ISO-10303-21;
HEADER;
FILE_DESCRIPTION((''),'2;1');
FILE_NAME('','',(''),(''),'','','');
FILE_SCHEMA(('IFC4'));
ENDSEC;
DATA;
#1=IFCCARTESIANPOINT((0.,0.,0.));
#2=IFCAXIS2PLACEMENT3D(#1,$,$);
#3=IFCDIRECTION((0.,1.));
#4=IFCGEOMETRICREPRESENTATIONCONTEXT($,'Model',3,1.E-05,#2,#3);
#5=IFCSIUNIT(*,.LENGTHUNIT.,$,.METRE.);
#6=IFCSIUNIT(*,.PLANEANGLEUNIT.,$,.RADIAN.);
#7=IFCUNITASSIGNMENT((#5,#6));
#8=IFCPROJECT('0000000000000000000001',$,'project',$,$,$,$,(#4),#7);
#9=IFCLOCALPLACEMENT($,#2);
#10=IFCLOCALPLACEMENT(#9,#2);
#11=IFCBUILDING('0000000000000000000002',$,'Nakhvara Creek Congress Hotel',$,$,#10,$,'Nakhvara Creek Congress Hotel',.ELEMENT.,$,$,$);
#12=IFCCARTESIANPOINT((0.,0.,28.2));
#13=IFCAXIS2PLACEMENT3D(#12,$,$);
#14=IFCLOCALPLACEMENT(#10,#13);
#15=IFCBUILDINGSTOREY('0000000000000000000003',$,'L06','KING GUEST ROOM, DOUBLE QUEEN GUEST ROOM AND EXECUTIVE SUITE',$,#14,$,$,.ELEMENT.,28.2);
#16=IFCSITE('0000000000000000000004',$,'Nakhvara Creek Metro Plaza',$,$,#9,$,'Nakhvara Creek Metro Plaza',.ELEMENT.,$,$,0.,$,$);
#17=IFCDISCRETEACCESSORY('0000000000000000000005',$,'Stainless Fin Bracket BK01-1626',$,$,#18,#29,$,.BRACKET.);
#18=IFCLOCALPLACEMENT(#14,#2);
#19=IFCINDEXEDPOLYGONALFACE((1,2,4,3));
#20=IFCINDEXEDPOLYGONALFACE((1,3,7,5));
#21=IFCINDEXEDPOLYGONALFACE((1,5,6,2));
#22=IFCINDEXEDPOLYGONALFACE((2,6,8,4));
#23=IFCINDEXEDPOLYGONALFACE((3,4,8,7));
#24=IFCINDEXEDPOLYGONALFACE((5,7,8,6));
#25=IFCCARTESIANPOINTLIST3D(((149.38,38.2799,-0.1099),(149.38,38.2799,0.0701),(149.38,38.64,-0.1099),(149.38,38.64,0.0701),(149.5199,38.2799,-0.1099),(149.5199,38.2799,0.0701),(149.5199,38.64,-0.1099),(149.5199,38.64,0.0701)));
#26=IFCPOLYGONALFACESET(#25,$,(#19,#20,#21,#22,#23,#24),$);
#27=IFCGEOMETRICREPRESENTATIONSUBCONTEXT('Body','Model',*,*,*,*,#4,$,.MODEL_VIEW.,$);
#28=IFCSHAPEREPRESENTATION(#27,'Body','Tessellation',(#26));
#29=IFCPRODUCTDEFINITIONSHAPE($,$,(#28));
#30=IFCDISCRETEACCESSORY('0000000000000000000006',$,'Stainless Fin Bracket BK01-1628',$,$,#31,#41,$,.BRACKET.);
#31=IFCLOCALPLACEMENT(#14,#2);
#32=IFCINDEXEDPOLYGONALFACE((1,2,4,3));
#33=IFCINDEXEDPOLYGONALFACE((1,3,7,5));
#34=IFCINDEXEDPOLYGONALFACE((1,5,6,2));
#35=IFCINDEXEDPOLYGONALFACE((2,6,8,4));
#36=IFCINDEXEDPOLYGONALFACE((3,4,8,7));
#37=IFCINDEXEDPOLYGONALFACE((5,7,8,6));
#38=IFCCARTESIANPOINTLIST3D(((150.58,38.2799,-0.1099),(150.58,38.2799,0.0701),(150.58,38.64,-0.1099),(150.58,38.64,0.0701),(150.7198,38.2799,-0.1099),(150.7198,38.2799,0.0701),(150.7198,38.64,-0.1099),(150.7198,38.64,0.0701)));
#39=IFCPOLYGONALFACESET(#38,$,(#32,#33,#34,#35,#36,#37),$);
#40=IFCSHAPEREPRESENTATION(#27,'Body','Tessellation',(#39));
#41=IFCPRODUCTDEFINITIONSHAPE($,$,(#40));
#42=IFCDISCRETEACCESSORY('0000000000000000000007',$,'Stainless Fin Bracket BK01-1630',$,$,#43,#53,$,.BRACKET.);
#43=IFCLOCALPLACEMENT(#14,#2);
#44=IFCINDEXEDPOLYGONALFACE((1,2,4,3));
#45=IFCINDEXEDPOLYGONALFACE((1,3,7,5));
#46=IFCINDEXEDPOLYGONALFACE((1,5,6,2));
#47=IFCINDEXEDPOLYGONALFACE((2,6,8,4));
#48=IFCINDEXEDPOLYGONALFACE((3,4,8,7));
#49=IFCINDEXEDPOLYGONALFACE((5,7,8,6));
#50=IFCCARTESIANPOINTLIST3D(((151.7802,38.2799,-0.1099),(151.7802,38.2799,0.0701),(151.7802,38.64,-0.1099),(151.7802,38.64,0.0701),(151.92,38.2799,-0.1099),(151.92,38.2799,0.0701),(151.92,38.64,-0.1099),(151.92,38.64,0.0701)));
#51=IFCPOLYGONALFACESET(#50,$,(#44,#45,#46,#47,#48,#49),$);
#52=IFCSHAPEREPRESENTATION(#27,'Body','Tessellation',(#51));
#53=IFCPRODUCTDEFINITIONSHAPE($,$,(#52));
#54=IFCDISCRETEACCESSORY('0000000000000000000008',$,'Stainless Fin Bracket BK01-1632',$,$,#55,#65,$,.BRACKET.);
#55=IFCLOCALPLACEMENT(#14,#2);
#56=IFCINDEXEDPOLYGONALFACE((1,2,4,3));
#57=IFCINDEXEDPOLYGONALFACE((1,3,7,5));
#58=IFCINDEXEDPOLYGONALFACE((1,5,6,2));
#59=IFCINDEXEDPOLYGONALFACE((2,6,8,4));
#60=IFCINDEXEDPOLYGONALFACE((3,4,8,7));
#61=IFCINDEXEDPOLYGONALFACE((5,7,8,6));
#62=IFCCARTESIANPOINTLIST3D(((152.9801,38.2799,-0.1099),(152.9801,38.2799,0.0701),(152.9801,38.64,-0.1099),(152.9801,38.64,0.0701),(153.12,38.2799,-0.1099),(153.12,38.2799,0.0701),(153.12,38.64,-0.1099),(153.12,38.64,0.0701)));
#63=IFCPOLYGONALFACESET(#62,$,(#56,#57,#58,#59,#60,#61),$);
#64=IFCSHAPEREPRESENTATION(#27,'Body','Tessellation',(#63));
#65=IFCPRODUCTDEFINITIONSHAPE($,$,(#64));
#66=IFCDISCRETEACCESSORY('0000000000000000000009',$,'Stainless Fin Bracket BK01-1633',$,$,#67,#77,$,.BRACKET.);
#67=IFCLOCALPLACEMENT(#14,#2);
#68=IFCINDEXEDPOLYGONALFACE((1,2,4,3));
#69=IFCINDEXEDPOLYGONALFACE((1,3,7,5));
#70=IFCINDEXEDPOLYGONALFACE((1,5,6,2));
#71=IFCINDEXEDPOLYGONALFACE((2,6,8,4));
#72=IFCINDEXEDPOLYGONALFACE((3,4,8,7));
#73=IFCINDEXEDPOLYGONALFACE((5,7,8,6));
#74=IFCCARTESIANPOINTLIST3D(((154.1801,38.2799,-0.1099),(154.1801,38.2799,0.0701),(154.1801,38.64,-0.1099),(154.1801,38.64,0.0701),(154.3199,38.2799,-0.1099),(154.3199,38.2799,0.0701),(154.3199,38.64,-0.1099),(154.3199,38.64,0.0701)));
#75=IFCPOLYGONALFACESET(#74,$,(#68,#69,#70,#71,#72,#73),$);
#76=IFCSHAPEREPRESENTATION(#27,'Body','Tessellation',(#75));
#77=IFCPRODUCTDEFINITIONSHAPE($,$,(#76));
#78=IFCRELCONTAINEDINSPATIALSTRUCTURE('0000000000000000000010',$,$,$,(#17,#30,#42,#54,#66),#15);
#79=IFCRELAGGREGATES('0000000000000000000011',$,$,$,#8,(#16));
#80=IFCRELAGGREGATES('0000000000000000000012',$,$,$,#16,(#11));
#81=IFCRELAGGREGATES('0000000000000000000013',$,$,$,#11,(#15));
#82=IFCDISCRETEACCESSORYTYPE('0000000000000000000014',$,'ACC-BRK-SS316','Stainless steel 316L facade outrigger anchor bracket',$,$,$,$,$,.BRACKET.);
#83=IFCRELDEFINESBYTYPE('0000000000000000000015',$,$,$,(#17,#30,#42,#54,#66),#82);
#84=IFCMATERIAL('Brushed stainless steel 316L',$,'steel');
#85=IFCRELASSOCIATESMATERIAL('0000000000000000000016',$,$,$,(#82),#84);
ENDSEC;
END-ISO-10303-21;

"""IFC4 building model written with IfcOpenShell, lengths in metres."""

from ifc_helpers import new_model, si_unit, direction, frame, origin, origin_2d, place, context, subcontext, project, spatial, rectangle, extrude, material, type_object, element, save


model = new_model("IFC4")

# Units and contexts
model_context = context("Model", 3, precision=1e-05, world=origin(), true_north=direction((0.0, 1.0)))
body_context = subcontext(model_context, "Body", "Model", "MODEL_VIEW")
ifc_project = project(units=[si_unit("LENGTHUNIT", "METRE"), si_unit("PLANEANGLEUNIT", "RADIAN")], contexts=[model_context])

# Site, building, storey
site_placement = place(None, origin())
site = spatial("IfcSite", under=ifc_project, at=site_placement, Name="Nakhvara Creek Metro Plaza", LongName="Nakhvara Creek Metro Plaza", CompositionType="ELEMENT", RefElevation=0.0)
building_placement = place(site_placement, origin())
building = spatial("IfcBuilding", under=site, at=building_placement, Name="Nakhvara Creek Congress Hotel", LongName="Nakhvara Creek Congress Hotel", CompositionType="ELEMENT")
storey_placement = place(building_placement, frame((0.0, 0.0, 28.2)))
storey = spatial("IfcBuildingStorey", under=building, at=storey_placement, Name="L06", Description="KING GUEST ROOM, DOUBLE QUEEN GUEST ROOM AND EXECUTIVE SUITE", CompositionType="ELEMENT", Elevation=28.2)

# Discrete accessories
ifc_material_1 = material(Name="Brushed stainless steel 316L", Category="steel")
discrete_accessory_type = type_object("IfcDiscreteAccessoryType", Name="ACC-BRK-SS316", Description="Stainless steel 316L facade outrigger anchor bracket", PredefinedType="BRACKET", material=ifc_material_1)
for number, where, z_axis, x_axis, name in (
    (1, (149.45, 38.46, -0.1099), (0.0, 0.0, 1.0), (1.0, 0.0, 0.0), "Stainless Fin Bracket BK01-1626"),
    (2, (150.6499, 38.46, -0.1099), (0.0, 0.0, 1.0), (1.0, 0.0, 0.0), "Stainless Fin Bracket BK01-1628"),
    (3, (151.8501, 38.46, -0.1099), (0.0, 0.0, 1.0), (1.0, 0.0, 0.0), "Stainless Fin Bracket BK01-1630"),
    (4, (153.05, 38.46, -0.1099), (0.0, 0.0, 1.0), (1.0, 0.0, 0.0), "Stainless Fin Bracket BK01-1632"),
    (5, (154.25, 38.46, -0.1099), (0.0, 0.0, 1.0), (1.0, 0.0, 0.0), "Stainless Fin Bracket BK01-1633"),
):
    element("IfcDiscreteAccessory", number, at=place(storey_placement, frame(where, z_axis=z_axis, x_axis=x_axis)), inside=storey, type_object=discrete_accessory_type, Name=name, PredefinedType="BRACKET", context=body_context, shape_type="SweptSolid", body=[
        extrude(rectangle(XDim=0.1399, YDim=0.3601, at=origin_2d()), origin(), (0.0, 0.0, 1.0), 0.1799),
    ])

save(model, "model.ifc")
